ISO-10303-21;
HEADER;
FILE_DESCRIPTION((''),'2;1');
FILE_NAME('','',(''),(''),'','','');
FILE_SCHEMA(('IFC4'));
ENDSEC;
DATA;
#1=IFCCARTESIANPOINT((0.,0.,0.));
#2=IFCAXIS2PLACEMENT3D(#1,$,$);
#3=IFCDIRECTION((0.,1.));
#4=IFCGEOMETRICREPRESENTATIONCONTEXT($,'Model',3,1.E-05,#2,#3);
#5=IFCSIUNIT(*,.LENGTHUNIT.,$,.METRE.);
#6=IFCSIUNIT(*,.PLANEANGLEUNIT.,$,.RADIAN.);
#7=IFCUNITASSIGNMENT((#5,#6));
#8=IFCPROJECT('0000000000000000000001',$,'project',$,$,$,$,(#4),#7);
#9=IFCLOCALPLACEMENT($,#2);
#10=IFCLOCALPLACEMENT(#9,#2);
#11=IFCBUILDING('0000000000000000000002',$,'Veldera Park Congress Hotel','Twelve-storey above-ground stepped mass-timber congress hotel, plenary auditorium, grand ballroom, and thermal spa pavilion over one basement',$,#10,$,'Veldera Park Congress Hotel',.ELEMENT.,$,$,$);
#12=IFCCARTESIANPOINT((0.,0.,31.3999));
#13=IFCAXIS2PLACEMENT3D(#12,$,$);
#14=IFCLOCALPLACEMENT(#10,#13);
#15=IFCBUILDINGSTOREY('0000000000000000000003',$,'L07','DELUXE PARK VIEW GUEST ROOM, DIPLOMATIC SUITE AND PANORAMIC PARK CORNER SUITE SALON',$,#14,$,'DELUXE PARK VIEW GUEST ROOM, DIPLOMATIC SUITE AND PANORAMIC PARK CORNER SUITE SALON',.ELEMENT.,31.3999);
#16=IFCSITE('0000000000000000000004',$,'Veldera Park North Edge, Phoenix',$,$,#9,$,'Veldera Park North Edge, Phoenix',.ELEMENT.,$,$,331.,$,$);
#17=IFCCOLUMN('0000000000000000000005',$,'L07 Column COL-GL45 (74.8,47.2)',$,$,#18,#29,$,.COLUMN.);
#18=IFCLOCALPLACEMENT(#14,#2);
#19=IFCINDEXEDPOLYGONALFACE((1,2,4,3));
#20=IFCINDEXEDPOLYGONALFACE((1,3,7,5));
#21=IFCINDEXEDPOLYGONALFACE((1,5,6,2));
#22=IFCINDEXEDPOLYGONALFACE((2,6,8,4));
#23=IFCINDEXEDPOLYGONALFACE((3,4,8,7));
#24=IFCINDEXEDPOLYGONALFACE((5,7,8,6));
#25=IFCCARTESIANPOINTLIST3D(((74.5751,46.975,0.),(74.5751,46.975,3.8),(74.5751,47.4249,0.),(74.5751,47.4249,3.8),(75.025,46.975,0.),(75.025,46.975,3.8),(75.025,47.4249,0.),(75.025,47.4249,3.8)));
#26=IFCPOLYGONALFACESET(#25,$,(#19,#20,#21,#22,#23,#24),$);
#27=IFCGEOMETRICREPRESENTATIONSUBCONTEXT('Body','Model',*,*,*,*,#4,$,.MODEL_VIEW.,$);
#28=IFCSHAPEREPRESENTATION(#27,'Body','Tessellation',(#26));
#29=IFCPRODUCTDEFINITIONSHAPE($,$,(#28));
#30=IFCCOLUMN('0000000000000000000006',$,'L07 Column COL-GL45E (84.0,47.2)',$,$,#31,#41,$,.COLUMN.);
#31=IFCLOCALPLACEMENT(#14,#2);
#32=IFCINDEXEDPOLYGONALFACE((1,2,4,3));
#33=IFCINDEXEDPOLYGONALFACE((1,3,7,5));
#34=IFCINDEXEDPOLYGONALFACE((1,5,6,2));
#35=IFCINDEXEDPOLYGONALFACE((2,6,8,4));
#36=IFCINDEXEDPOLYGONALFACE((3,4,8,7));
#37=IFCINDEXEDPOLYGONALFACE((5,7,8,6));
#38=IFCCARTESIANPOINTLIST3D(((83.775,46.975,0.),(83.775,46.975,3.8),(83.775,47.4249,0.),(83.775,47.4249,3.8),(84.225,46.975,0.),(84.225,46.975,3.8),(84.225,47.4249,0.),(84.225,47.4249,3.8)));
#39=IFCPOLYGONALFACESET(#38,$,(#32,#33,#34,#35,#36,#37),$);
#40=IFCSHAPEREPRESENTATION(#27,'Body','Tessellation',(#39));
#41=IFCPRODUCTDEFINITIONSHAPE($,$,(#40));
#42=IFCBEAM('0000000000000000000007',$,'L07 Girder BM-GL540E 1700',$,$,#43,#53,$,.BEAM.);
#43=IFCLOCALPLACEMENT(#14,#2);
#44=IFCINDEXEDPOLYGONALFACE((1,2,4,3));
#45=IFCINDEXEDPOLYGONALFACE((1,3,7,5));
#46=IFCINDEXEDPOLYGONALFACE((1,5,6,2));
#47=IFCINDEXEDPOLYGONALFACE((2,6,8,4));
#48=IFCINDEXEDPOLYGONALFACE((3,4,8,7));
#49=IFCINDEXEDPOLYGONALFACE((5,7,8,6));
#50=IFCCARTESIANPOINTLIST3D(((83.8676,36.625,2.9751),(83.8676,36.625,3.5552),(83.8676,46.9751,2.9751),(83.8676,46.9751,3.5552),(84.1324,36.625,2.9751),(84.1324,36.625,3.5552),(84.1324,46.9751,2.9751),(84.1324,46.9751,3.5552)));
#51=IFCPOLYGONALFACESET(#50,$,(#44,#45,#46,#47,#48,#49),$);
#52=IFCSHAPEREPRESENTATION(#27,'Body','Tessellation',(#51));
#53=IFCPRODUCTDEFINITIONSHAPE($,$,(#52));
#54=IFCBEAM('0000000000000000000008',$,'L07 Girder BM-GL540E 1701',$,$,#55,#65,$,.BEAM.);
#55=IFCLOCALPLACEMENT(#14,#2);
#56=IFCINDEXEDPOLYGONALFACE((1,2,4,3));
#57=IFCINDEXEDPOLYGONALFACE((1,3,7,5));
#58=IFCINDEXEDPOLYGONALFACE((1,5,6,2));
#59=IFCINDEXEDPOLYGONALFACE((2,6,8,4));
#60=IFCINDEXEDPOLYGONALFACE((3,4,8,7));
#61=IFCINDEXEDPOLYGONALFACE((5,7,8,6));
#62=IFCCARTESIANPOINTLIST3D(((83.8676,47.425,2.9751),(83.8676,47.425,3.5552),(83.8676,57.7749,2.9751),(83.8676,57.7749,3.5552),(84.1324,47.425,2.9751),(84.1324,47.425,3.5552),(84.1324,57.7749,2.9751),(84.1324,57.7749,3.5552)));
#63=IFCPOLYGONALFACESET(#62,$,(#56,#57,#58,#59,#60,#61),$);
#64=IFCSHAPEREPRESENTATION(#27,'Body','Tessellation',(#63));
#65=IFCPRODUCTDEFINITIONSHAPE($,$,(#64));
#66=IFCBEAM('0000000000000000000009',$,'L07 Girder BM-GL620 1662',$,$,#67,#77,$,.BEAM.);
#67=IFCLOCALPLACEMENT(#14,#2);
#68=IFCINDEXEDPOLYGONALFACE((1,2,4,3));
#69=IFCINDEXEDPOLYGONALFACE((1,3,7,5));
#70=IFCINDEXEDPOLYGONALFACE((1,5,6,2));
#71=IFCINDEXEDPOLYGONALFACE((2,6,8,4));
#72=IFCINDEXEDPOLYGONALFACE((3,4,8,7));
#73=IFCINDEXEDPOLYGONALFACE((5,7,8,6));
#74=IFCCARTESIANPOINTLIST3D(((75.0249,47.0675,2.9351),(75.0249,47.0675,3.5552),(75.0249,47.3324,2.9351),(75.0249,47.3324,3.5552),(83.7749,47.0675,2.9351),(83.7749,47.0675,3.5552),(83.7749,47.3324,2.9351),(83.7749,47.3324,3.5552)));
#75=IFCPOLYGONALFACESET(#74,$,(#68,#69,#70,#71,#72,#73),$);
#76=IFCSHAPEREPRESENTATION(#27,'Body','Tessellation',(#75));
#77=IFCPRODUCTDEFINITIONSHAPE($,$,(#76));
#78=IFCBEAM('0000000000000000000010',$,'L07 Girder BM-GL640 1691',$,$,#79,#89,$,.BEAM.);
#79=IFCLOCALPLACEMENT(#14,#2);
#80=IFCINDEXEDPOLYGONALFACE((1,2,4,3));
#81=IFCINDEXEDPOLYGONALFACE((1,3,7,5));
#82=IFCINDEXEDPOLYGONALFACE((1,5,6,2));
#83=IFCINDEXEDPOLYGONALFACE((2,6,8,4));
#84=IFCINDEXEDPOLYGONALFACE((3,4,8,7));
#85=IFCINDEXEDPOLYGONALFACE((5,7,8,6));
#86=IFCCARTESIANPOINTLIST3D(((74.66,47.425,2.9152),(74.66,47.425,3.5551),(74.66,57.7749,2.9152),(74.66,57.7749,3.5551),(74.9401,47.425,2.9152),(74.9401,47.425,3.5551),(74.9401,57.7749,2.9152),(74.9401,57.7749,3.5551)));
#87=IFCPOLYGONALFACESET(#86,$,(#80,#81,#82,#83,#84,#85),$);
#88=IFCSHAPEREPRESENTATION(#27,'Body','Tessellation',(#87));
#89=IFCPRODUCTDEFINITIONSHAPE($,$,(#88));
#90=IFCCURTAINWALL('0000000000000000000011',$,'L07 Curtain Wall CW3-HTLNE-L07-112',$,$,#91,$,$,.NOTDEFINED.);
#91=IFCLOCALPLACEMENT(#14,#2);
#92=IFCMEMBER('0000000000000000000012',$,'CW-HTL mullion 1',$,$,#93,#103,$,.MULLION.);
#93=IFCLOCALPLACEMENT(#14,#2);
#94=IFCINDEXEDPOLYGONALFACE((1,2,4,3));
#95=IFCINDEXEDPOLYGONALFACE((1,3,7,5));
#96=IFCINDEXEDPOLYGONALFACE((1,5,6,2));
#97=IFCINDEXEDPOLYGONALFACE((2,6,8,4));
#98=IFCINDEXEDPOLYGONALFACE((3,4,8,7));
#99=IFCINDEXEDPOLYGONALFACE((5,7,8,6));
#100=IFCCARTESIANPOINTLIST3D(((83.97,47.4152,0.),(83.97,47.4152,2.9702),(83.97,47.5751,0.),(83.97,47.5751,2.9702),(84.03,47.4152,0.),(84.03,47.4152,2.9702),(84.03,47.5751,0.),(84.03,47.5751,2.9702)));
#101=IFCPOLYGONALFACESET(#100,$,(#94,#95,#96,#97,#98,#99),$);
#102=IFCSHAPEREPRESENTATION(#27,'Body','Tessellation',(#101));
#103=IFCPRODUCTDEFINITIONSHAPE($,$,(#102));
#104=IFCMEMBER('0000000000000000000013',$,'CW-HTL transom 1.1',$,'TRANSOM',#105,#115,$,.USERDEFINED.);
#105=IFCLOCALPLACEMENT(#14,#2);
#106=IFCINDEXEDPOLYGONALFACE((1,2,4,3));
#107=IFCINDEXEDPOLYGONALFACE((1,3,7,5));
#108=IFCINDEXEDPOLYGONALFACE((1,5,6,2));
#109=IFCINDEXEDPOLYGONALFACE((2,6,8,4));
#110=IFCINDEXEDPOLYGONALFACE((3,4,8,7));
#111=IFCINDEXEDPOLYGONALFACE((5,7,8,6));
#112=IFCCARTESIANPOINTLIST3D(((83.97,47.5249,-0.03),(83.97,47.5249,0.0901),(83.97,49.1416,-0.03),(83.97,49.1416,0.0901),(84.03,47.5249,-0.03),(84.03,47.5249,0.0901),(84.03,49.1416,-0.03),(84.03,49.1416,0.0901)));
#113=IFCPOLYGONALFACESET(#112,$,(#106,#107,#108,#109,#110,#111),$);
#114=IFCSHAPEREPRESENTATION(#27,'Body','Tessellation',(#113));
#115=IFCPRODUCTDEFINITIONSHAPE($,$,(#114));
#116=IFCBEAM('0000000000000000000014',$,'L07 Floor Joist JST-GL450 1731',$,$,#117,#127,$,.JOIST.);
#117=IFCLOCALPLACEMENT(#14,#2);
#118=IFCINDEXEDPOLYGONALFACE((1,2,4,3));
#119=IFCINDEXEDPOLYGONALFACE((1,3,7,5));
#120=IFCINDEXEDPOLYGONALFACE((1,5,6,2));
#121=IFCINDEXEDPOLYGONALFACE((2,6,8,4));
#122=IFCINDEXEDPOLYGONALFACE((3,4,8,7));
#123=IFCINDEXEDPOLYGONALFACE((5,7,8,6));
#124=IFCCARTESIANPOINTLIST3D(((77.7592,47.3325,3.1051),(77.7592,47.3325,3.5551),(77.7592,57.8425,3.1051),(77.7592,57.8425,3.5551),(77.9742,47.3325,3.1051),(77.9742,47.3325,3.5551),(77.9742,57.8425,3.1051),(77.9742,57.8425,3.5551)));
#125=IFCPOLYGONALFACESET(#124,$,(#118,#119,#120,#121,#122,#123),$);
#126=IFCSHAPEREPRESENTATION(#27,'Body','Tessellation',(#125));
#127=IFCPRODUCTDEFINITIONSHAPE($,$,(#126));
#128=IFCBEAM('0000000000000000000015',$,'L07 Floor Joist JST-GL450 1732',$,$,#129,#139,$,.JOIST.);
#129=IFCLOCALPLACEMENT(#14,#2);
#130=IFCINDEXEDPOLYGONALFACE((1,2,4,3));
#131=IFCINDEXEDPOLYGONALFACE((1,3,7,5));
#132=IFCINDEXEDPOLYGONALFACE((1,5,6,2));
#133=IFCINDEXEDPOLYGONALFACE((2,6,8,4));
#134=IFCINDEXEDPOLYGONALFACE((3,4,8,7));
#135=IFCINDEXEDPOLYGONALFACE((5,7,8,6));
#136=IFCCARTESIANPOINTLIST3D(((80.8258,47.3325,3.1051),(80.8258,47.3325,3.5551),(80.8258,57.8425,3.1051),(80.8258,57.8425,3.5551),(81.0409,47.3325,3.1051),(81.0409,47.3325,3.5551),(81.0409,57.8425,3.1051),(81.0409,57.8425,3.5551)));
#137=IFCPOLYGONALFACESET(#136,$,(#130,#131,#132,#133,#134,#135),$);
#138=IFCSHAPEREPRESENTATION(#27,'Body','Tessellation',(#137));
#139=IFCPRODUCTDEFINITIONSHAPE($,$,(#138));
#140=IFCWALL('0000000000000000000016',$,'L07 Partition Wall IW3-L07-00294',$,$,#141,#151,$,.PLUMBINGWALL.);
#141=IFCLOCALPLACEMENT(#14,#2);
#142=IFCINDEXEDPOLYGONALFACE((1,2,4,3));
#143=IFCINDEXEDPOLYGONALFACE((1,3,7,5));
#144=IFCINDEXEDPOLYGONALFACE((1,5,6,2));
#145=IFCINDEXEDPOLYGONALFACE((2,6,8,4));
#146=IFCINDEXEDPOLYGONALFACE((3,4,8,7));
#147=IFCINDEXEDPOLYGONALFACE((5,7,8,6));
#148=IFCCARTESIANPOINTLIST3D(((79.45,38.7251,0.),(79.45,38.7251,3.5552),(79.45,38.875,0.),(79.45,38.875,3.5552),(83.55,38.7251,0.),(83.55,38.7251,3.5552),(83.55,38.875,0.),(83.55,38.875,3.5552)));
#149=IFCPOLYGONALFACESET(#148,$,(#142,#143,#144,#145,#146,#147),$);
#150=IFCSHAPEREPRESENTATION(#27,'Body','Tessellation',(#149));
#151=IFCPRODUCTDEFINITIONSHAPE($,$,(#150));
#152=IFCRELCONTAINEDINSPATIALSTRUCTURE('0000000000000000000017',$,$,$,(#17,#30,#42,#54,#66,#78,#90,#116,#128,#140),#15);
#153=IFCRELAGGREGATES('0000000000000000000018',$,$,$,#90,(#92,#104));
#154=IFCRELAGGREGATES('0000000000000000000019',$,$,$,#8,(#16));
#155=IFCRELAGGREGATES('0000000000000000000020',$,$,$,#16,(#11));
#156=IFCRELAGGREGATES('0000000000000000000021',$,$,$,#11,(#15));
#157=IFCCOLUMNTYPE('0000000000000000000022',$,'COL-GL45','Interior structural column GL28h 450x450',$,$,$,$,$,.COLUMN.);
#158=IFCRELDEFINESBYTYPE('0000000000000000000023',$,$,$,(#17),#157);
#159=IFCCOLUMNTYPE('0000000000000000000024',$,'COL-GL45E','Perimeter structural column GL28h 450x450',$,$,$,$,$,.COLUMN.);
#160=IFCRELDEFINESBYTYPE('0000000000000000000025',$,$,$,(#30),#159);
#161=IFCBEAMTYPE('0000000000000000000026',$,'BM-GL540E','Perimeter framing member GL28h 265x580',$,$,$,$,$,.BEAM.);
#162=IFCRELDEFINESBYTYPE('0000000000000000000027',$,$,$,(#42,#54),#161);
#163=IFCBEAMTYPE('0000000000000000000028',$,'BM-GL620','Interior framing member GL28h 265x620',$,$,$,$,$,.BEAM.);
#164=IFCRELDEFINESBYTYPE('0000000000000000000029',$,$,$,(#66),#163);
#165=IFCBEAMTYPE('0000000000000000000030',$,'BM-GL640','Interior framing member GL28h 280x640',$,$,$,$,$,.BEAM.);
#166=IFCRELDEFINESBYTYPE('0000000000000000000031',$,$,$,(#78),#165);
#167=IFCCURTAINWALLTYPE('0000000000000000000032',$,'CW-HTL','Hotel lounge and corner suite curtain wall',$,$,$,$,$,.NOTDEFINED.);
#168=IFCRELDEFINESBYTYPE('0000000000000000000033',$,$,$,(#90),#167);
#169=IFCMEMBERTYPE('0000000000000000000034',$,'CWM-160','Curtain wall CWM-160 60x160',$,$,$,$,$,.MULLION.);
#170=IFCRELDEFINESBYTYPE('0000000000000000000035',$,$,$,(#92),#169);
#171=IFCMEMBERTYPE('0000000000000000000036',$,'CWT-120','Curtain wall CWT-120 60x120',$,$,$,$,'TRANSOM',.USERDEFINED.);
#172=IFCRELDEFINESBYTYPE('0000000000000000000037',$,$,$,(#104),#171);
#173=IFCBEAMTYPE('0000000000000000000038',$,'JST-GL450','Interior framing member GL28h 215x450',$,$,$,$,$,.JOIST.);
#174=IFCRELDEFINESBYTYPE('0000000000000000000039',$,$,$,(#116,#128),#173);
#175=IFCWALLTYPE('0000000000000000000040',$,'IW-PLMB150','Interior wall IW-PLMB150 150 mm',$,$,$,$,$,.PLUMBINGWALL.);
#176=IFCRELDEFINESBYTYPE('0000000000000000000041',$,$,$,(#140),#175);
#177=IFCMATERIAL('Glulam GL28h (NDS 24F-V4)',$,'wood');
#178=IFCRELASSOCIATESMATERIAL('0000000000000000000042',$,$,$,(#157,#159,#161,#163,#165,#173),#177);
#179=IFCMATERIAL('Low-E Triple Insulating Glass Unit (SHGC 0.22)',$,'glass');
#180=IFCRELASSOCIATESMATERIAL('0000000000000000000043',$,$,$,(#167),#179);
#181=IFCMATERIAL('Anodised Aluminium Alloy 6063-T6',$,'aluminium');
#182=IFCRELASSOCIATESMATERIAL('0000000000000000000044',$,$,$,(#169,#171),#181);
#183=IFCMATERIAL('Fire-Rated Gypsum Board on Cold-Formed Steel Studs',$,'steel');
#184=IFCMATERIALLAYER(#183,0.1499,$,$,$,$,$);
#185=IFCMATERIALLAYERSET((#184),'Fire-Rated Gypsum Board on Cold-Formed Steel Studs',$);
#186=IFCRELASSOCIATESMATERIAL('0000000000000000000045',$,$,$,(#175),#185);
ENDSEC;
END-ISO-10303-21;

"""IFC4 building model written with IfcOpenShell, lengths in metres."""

from ifc_helpers import new_model, si_unit, direction, frame, frame_2d, origin, origin_2d, place, context, subcontext, project, spatial, rectangle, extrude, material, layer, layer_set, material_profile, profile_set, type_object, element, aggregate, save


model = new_model("IFC4")

# Units and contexts
model_context = context("Model", 3, precision=1e-05, world=origin(), true_north=direction((0.0, 1.0)))
body_context = subcontext(model_context, "Body", "Model", "MODEL_VIEW")
ifc_project = project(units=[si_unit("LENGTHUNIT", "METRE"), si_unit("PLANEANGLEUNIT", "RADIAN")], contexts=[model_context])

# Site, building, storey
site_placement = place(None, origin())
site = spatial("IfcSite", under=ifc_project, at=site_placement, Name="Veldera Park North Edge, Phoenix", LongName="Veldera Park North Edge, Phoenix", CompositionType="ELEMENT", RefElevation=331.0)
building_placement = place(site_placement, origin())
building = spatial("IfcBuilding", under=site, at=building_placement, Name="Veldera Park Congress Hotel", Description="Twelve-storey above-ground stepped mass-timber congress hotel, plenary auditorium, grand ballroom, and thermal spa pavilion over one basement", LongName="Veldera Park Congress Hotel", CompositionType="ELEMENT")
storey_placement = place(building_placement, frame((0.0, 0.0, 31.3999)))
storey = spatial("IfcBuildingStorey", under=building, at=storey_placement, Name="L07", Description="DELUXE PARK VIEW GUEST ROOM, DIPLOMATIC SUITE AND PANORAMIC PARK CORNER SUITE SALON", LongName="DELUXE PARK VIEW GUEST ROOM, DIPLOMATIC SUITE AND PANORAMIC PARK CORNER SUITE SALON", CompositionType="ELEMENT", Elevation=31.3999)

# Columns
ifc_material_1 = material(Name="Glulam GL28h (NDS 24F-V4)", Category="wood")
ifc_material_profile_1 = material_profile(ifc_material_1, rectangle(XDim=0.45, YDim=0.45, at=origin_2d()), Name="GL28h 450x450")
ifc_profile_set_1 = profile_set([ifc_material_profile_1], Name="Glulam GL28h (NDS 24F-V4)")
column_type_1 = type_object("IfcColumnType", Name="COL-GL45", Description="Interior structural column GL28h 450x450", PredefinedType="COLUMN", material=ifc_profile_set_1)
column_1_placement = place(storey_placement, frame((74.8, 47.2, 0.0), z_axis=(0.0, 0.0, 1.0), x_axis=(1.0, 0.0, 0.0)))
element("IfcColumn", 1, at=column_1_placement, inside=storey, type_object=column_type_1, Name="L07 Column COL-GL45 (74.8,47.2)", PredefinedType="COLUMN", context=body_context, shape_type="SweptSolid", body=[
    extrude(rectangle(XDim=0.45, YDim=0.45, at=origin_2d()), origin(), (0.0, 0.0, 1.0), 3.8),
])
ifc_material_profile_2 = material_profile(ifc_material_1, rectangle(XDim=0.45, YDim=0.45, at=origin_2d()), Name="GL28h 450x450")
ifc_profile_set_2 = profile_set([ifc_material_profile_2], Name="Glulam GL28h (NDS 24F-V4)")
column_type_2 = type_object("IfcColumnType", Name="COL-GL45E", Description="Perimeter structural column GL28h 450x450", PredefinedType="COLUMN", material=ifc_profile_set_2)
column_2_placement = place(storey_placement, frame((84.0, 47.2, 0.0), z_axis=(0.0, 0.0, 1.0), x_axis=(1.0, 0.0, 0.0)))
element("IfcColumn", 2, at=column_2_placement, inside=storey, type_object=column_type_2, Name="L07 Column COL-GL45E (84.0,47.2)", PredefinedType="COLUMN", context=body_context, shape_type="SweptSolid", body=[
    extrude(rectangle(XDim=0.45, YDim=0.45, at=origin_2d()), origin(), (0.0, 0.0, 1.0), 3.8),
])

# Beams
ifc_material_profile_3 = material_profile(ifc_material_1, rectangle(XDim=0.2649, YDim=0.5801, at=origin_2d()), Name="GL28h 265x580")
ifc_profile_set_3 = profile_set([ifc_material_profile_3], Name="Glulam GL28h (NDS 24F-V4)")
beam_type_1 = type_object("IfcBeamType", Name="BM-GL540E", Description="Perimeter framing member GL28h 265x580", PredefinedType="BEAM", material=ifc_profile_set_3)
beam_1_placement = place(storey_placement, frame((84.0, 36.625, 3.2651), z_axis=(0.0, 1.0, 0.0), x_axis=(-1.0, 0.0, 0.0)))
element("IfcBeam", 3, at=beam_1_placement, inside=storey, type_object=beam_type_1, Name="L07 Girder BM-GL540E 1700", PredefinedType="BEAM", context=body_context, shape_type="SweptSolid", body=[
    extrude(rectangle(XDim=0.2649, YDim=0.5801, at=origin_2d()), origin(), (0.0, 0.0, 1.0), 10.3501),
])
beam_2_placement = place(storey_placement, frame((84.0, 47.425, 3.2651), z_axis=(0.0, 1.0, 0.0), x_axis=(-1.0, 0.0, 0.0)))
element("IfcBeam", 4, at=beam_2_placement, inside=storey, type_object=beam_type_1, Name="L07 Girder BM-GL540E 1701", PredefinedType="BEAM", context=body_context, shape_type="SweptSolid", body=[
    extrude(rectangle(XDim=0.2649, YDim=0.5801, at=origin_2d()), origin(), (0.0, 0.0, 1.0), 10.3499),
])
ifc_material_profile_4 = material_profile(ifc_material_1, rectangle(XDim=0.2649, YDim=0.6201, at=origin_2d()), Name="GL28h 265x620")
ifc_profile_set_4 = profile_set([ifc_material_profile_4], Name="Glulam GL28h (NDS 24F-V4)")
beam_type_2 = type_object("IfcBeamType", Name="BM-GL620", Description="Interior framing member GL28h 265x620", PredefinedType="BEAM", material=ifc_profile_set_4)
beam_3_placement = place(storey_placement, frame((75.0249, 47.2, 3.2451), z_axis=(1.0, 0.0, 0.0), x_axis=(0.0, 1.0, 0.0)))
element("IfcBeam", 5, at=beam_3_placement, inside=storey, type_object=beam_type_2, Name="L07 Girder BM-GL620 1662", PredefinedType="BEAM", context=body_context, shape_type="SweptSolid", body=[
    extrude(rectangle(XDim=0.2649, YDim=0.6201, at=origin_2d()), origin(), (0.0, 0.0, 1.0), 8.75),
])
ifc_material_profile_5 = material_profile(ifc_material_1, rectangle(XDim=0.28, YDim=0.6399, at=origin_2d()), Name="GL28h 280x640")
ifc_profile_set_5 = profile_set([ifc_material_profile_5], Name="Glulam GL28h (NDS 24F-V4)")
beam_type_3 = type_object("IfcBeamType", Name="BM-GL640", Description="Interior framing member GL28h 280x640", PredefinedType="BEAM", material=ifc_profile_set_5)
beam_4_placement = place(storey_placement, frame((74.8, 47.425, 3.2351), z_axis=(0.0, 1.0, 0.0), x_axis=(-1.0, 0.0, 0.0)))
element("IfcBeam", 6, at=beam_4_placement, inside=storey, type_object=beam_type_3, Name="L07 Girder BM-GL640 1691", PredefinedType="BEAM", context=body_context, shape_type="SweptSolid", body=[
    extrude(rectangle(XDim=0.28, YDim=0.6399, at=origin_2d()), origin(), (0.0, 0.0, 1.0), 10.3499),
])

# Curtain wall, members
ifc_material_2 = material(Name="Low-E Triple Insulating Glass Unit (SHGC 0.22)", Category="glass")
curtain_wall_type = type_object("IfcCurtainWallType", Name="CW-HTL", Description="Hotel lounge and corner suite curtain wall", PredefinedType="NOTDEFINED", material=ifc_material_2)
curtain_wall_placement = place(storey_placement, origin())
curtain_wall = element("IfcCurtainWall", 7, at=curtain_wall_placement, inside=storey, type_object=curtain_wall_type, Name="L07 Curtain Wall CW3-HTLNE-L07-112", PredefinedType="NOTDEFINED")
ifc_material_3 = material(Name="Anodised Aluminium Alloy 6063-T6", Category="aluminium")
ifc_material_profile_6 = material_profile(ifc_material_3, rectangle(XDim=0.0601, YDim=0.1599, at=origin_2d()), Name="ALU 60x160")
ifc_profile_set_6 = profile_set([ifc_material_profile_6], Name="Anodised Aluminium Alloy 6063-T6")
member_type_1 = type_object("IfcMemberType", Name="CWM-160", Description="Curtain wall CWM-160 60x160", PredefinedType="MULLION", material=ifc_profile_set_6)
member_1_placement = place(storey_placement, frame((84.0, 47.4951, 0.0), z_axis=(0.0, 0.0, 1.0), x_axis=(-1.0, 0.0, 0.0)))
member_1 = element("IfcMember", 8, at=member_1_placement, type_object=member_type_1, Name="CW-HTL mullion 1", PredefinedType="MULLION", context=body_context, shape_type="SweptSolid", body=[
    extrude(rectangle(XDim=0.0601, YDim=0.1599, at=origin_2d()), origin(), (0.0, 0.0, 1.0), 2.9702),
])
ifc_material_profile_7 = material_profile(ifc_material_3, rectangle(XDim=0.0601, YDim=0.1201, at=origin_2d()), Name="ALU 60x120")
ifc_profile_set_7 = profile_set([ifc_material_profile_7], Name="Anodised Aluminium Alloy 6063-T6")
member_type_2 = type_object("IfcMemberType", Name="CWT-120", Description="Curtain wall CWT-120 60x120", ElementType="TRANSOM", PredefinedType="USERDEFINED", material=ifc_profile_set_7)
member_2_placement = place(storey_placement, frame((84.0, 47.5249, 0.03), z_axis=(0.0, 1.0, 0.0), x_axis=(-1.0, 0.0, 0.0)))
member_2 = element("IfcMember", 9, at=member_2_placement, type_object=member_type_2, Name="CW-HTL transom 1.1", ObjectType="TRANSOM", PredefinedType="USERDEFINED", context=body_context, shape_type="SweptSolid", body=[
    extrude(rectangle(XDim=0.0601, YDim=0.1201, at=origin_2d()), origin(), (0.0, 0.0, 1.0), 1.6167),
])
aggregate(curtain_wall, [member_1, member_2])

# Beams
ifc_material_profile_8 = material_profile(ifc_material_1, rectangle(XDim=0.2151, YDim=0.45, at=origin_2d()), Name="GL28h 215x450")
ifc_profile_set_8 = profile_set([ifc_material_profile_8], Name="Glulam GL28h (NDS 24F-V4)")
beam_type_4 = type_object("IfcBeamType", Name="JST-GL450", Description="Interior framing member GL28h 215x450", PredefinedType="JOIST", material=ifc_profile_set_8)
for number, where, z_axis, x_axis, name in (
    (10, (77.8667, 47.3325, 3.3301), (0.0, 1.0, 0.0), (-1.0, 0.0, 0.0), "L07 Floor Joist JST-GL450 1731"),
    (11, (80.9333, 47.3325, 3.3301), (0.0, 1.0, 0.0), (-1.0, 0.0, 0.0), "L07 Floor Joist JST-GL450 1732"),
):
    element("IfcBeam", number, at=place(storey_placement, frame(where, z_axis=z_axis, x_axis=x_axis)), inside=storey, type_object=beam_type_4, Name=name, PredefinedType="JOIST", context=body_context, shape_type="SweptSolid", body=[
        extrude(rectangle(XDim=0.2151, YDim=0.45, at=origin_2d()), origin(), (0.0, 0.0, 1.0), 10.51),
    ])

# Wall
ifc_material_4 = material(Name="Fire-Rated Gypsum Board on Cold-Formed Steel Studs", Category="steel")
ifc_layer_1 = layer(ifc_material_4, 0.1499)
ifc_layer_set_1 = layer_set([ifc_layer_1], Name="Fire-Rated Gypsum Board on Cold-Formed Steel Studs")
wall_type_1 = type_object("IfcWallType", Name="IW-PLMB150", Description="Interior wall IW-PLMB150 150 mm", PredefinedType="PLUMBINGWALL", material=ifc_layer_set_1)
wall_1_placement = place(storey_placement, frame((83.55, 38.8, 0.0), z_axis=(0.0, 0.0, 1.0), x_axis=(-1.0, 0.0, 0.0)))
element("IfcWall", 12, at=wall_1_placement, inside=storey, type_object=wall_type_1, Name="L07 Partition Wall IW3-L07-00294", PredefinedType="PLUMBINGWALL", context=body_context, shape_type="SweptSolid", body=[
    extrude(rectangle(XDim=4.1001, YDim=0.1499, at=frame_2d((2.05, 0.0))), origin(), (0.0, 0.0, 1.0), 3.5552),
])

save(model, "model.ifc")
